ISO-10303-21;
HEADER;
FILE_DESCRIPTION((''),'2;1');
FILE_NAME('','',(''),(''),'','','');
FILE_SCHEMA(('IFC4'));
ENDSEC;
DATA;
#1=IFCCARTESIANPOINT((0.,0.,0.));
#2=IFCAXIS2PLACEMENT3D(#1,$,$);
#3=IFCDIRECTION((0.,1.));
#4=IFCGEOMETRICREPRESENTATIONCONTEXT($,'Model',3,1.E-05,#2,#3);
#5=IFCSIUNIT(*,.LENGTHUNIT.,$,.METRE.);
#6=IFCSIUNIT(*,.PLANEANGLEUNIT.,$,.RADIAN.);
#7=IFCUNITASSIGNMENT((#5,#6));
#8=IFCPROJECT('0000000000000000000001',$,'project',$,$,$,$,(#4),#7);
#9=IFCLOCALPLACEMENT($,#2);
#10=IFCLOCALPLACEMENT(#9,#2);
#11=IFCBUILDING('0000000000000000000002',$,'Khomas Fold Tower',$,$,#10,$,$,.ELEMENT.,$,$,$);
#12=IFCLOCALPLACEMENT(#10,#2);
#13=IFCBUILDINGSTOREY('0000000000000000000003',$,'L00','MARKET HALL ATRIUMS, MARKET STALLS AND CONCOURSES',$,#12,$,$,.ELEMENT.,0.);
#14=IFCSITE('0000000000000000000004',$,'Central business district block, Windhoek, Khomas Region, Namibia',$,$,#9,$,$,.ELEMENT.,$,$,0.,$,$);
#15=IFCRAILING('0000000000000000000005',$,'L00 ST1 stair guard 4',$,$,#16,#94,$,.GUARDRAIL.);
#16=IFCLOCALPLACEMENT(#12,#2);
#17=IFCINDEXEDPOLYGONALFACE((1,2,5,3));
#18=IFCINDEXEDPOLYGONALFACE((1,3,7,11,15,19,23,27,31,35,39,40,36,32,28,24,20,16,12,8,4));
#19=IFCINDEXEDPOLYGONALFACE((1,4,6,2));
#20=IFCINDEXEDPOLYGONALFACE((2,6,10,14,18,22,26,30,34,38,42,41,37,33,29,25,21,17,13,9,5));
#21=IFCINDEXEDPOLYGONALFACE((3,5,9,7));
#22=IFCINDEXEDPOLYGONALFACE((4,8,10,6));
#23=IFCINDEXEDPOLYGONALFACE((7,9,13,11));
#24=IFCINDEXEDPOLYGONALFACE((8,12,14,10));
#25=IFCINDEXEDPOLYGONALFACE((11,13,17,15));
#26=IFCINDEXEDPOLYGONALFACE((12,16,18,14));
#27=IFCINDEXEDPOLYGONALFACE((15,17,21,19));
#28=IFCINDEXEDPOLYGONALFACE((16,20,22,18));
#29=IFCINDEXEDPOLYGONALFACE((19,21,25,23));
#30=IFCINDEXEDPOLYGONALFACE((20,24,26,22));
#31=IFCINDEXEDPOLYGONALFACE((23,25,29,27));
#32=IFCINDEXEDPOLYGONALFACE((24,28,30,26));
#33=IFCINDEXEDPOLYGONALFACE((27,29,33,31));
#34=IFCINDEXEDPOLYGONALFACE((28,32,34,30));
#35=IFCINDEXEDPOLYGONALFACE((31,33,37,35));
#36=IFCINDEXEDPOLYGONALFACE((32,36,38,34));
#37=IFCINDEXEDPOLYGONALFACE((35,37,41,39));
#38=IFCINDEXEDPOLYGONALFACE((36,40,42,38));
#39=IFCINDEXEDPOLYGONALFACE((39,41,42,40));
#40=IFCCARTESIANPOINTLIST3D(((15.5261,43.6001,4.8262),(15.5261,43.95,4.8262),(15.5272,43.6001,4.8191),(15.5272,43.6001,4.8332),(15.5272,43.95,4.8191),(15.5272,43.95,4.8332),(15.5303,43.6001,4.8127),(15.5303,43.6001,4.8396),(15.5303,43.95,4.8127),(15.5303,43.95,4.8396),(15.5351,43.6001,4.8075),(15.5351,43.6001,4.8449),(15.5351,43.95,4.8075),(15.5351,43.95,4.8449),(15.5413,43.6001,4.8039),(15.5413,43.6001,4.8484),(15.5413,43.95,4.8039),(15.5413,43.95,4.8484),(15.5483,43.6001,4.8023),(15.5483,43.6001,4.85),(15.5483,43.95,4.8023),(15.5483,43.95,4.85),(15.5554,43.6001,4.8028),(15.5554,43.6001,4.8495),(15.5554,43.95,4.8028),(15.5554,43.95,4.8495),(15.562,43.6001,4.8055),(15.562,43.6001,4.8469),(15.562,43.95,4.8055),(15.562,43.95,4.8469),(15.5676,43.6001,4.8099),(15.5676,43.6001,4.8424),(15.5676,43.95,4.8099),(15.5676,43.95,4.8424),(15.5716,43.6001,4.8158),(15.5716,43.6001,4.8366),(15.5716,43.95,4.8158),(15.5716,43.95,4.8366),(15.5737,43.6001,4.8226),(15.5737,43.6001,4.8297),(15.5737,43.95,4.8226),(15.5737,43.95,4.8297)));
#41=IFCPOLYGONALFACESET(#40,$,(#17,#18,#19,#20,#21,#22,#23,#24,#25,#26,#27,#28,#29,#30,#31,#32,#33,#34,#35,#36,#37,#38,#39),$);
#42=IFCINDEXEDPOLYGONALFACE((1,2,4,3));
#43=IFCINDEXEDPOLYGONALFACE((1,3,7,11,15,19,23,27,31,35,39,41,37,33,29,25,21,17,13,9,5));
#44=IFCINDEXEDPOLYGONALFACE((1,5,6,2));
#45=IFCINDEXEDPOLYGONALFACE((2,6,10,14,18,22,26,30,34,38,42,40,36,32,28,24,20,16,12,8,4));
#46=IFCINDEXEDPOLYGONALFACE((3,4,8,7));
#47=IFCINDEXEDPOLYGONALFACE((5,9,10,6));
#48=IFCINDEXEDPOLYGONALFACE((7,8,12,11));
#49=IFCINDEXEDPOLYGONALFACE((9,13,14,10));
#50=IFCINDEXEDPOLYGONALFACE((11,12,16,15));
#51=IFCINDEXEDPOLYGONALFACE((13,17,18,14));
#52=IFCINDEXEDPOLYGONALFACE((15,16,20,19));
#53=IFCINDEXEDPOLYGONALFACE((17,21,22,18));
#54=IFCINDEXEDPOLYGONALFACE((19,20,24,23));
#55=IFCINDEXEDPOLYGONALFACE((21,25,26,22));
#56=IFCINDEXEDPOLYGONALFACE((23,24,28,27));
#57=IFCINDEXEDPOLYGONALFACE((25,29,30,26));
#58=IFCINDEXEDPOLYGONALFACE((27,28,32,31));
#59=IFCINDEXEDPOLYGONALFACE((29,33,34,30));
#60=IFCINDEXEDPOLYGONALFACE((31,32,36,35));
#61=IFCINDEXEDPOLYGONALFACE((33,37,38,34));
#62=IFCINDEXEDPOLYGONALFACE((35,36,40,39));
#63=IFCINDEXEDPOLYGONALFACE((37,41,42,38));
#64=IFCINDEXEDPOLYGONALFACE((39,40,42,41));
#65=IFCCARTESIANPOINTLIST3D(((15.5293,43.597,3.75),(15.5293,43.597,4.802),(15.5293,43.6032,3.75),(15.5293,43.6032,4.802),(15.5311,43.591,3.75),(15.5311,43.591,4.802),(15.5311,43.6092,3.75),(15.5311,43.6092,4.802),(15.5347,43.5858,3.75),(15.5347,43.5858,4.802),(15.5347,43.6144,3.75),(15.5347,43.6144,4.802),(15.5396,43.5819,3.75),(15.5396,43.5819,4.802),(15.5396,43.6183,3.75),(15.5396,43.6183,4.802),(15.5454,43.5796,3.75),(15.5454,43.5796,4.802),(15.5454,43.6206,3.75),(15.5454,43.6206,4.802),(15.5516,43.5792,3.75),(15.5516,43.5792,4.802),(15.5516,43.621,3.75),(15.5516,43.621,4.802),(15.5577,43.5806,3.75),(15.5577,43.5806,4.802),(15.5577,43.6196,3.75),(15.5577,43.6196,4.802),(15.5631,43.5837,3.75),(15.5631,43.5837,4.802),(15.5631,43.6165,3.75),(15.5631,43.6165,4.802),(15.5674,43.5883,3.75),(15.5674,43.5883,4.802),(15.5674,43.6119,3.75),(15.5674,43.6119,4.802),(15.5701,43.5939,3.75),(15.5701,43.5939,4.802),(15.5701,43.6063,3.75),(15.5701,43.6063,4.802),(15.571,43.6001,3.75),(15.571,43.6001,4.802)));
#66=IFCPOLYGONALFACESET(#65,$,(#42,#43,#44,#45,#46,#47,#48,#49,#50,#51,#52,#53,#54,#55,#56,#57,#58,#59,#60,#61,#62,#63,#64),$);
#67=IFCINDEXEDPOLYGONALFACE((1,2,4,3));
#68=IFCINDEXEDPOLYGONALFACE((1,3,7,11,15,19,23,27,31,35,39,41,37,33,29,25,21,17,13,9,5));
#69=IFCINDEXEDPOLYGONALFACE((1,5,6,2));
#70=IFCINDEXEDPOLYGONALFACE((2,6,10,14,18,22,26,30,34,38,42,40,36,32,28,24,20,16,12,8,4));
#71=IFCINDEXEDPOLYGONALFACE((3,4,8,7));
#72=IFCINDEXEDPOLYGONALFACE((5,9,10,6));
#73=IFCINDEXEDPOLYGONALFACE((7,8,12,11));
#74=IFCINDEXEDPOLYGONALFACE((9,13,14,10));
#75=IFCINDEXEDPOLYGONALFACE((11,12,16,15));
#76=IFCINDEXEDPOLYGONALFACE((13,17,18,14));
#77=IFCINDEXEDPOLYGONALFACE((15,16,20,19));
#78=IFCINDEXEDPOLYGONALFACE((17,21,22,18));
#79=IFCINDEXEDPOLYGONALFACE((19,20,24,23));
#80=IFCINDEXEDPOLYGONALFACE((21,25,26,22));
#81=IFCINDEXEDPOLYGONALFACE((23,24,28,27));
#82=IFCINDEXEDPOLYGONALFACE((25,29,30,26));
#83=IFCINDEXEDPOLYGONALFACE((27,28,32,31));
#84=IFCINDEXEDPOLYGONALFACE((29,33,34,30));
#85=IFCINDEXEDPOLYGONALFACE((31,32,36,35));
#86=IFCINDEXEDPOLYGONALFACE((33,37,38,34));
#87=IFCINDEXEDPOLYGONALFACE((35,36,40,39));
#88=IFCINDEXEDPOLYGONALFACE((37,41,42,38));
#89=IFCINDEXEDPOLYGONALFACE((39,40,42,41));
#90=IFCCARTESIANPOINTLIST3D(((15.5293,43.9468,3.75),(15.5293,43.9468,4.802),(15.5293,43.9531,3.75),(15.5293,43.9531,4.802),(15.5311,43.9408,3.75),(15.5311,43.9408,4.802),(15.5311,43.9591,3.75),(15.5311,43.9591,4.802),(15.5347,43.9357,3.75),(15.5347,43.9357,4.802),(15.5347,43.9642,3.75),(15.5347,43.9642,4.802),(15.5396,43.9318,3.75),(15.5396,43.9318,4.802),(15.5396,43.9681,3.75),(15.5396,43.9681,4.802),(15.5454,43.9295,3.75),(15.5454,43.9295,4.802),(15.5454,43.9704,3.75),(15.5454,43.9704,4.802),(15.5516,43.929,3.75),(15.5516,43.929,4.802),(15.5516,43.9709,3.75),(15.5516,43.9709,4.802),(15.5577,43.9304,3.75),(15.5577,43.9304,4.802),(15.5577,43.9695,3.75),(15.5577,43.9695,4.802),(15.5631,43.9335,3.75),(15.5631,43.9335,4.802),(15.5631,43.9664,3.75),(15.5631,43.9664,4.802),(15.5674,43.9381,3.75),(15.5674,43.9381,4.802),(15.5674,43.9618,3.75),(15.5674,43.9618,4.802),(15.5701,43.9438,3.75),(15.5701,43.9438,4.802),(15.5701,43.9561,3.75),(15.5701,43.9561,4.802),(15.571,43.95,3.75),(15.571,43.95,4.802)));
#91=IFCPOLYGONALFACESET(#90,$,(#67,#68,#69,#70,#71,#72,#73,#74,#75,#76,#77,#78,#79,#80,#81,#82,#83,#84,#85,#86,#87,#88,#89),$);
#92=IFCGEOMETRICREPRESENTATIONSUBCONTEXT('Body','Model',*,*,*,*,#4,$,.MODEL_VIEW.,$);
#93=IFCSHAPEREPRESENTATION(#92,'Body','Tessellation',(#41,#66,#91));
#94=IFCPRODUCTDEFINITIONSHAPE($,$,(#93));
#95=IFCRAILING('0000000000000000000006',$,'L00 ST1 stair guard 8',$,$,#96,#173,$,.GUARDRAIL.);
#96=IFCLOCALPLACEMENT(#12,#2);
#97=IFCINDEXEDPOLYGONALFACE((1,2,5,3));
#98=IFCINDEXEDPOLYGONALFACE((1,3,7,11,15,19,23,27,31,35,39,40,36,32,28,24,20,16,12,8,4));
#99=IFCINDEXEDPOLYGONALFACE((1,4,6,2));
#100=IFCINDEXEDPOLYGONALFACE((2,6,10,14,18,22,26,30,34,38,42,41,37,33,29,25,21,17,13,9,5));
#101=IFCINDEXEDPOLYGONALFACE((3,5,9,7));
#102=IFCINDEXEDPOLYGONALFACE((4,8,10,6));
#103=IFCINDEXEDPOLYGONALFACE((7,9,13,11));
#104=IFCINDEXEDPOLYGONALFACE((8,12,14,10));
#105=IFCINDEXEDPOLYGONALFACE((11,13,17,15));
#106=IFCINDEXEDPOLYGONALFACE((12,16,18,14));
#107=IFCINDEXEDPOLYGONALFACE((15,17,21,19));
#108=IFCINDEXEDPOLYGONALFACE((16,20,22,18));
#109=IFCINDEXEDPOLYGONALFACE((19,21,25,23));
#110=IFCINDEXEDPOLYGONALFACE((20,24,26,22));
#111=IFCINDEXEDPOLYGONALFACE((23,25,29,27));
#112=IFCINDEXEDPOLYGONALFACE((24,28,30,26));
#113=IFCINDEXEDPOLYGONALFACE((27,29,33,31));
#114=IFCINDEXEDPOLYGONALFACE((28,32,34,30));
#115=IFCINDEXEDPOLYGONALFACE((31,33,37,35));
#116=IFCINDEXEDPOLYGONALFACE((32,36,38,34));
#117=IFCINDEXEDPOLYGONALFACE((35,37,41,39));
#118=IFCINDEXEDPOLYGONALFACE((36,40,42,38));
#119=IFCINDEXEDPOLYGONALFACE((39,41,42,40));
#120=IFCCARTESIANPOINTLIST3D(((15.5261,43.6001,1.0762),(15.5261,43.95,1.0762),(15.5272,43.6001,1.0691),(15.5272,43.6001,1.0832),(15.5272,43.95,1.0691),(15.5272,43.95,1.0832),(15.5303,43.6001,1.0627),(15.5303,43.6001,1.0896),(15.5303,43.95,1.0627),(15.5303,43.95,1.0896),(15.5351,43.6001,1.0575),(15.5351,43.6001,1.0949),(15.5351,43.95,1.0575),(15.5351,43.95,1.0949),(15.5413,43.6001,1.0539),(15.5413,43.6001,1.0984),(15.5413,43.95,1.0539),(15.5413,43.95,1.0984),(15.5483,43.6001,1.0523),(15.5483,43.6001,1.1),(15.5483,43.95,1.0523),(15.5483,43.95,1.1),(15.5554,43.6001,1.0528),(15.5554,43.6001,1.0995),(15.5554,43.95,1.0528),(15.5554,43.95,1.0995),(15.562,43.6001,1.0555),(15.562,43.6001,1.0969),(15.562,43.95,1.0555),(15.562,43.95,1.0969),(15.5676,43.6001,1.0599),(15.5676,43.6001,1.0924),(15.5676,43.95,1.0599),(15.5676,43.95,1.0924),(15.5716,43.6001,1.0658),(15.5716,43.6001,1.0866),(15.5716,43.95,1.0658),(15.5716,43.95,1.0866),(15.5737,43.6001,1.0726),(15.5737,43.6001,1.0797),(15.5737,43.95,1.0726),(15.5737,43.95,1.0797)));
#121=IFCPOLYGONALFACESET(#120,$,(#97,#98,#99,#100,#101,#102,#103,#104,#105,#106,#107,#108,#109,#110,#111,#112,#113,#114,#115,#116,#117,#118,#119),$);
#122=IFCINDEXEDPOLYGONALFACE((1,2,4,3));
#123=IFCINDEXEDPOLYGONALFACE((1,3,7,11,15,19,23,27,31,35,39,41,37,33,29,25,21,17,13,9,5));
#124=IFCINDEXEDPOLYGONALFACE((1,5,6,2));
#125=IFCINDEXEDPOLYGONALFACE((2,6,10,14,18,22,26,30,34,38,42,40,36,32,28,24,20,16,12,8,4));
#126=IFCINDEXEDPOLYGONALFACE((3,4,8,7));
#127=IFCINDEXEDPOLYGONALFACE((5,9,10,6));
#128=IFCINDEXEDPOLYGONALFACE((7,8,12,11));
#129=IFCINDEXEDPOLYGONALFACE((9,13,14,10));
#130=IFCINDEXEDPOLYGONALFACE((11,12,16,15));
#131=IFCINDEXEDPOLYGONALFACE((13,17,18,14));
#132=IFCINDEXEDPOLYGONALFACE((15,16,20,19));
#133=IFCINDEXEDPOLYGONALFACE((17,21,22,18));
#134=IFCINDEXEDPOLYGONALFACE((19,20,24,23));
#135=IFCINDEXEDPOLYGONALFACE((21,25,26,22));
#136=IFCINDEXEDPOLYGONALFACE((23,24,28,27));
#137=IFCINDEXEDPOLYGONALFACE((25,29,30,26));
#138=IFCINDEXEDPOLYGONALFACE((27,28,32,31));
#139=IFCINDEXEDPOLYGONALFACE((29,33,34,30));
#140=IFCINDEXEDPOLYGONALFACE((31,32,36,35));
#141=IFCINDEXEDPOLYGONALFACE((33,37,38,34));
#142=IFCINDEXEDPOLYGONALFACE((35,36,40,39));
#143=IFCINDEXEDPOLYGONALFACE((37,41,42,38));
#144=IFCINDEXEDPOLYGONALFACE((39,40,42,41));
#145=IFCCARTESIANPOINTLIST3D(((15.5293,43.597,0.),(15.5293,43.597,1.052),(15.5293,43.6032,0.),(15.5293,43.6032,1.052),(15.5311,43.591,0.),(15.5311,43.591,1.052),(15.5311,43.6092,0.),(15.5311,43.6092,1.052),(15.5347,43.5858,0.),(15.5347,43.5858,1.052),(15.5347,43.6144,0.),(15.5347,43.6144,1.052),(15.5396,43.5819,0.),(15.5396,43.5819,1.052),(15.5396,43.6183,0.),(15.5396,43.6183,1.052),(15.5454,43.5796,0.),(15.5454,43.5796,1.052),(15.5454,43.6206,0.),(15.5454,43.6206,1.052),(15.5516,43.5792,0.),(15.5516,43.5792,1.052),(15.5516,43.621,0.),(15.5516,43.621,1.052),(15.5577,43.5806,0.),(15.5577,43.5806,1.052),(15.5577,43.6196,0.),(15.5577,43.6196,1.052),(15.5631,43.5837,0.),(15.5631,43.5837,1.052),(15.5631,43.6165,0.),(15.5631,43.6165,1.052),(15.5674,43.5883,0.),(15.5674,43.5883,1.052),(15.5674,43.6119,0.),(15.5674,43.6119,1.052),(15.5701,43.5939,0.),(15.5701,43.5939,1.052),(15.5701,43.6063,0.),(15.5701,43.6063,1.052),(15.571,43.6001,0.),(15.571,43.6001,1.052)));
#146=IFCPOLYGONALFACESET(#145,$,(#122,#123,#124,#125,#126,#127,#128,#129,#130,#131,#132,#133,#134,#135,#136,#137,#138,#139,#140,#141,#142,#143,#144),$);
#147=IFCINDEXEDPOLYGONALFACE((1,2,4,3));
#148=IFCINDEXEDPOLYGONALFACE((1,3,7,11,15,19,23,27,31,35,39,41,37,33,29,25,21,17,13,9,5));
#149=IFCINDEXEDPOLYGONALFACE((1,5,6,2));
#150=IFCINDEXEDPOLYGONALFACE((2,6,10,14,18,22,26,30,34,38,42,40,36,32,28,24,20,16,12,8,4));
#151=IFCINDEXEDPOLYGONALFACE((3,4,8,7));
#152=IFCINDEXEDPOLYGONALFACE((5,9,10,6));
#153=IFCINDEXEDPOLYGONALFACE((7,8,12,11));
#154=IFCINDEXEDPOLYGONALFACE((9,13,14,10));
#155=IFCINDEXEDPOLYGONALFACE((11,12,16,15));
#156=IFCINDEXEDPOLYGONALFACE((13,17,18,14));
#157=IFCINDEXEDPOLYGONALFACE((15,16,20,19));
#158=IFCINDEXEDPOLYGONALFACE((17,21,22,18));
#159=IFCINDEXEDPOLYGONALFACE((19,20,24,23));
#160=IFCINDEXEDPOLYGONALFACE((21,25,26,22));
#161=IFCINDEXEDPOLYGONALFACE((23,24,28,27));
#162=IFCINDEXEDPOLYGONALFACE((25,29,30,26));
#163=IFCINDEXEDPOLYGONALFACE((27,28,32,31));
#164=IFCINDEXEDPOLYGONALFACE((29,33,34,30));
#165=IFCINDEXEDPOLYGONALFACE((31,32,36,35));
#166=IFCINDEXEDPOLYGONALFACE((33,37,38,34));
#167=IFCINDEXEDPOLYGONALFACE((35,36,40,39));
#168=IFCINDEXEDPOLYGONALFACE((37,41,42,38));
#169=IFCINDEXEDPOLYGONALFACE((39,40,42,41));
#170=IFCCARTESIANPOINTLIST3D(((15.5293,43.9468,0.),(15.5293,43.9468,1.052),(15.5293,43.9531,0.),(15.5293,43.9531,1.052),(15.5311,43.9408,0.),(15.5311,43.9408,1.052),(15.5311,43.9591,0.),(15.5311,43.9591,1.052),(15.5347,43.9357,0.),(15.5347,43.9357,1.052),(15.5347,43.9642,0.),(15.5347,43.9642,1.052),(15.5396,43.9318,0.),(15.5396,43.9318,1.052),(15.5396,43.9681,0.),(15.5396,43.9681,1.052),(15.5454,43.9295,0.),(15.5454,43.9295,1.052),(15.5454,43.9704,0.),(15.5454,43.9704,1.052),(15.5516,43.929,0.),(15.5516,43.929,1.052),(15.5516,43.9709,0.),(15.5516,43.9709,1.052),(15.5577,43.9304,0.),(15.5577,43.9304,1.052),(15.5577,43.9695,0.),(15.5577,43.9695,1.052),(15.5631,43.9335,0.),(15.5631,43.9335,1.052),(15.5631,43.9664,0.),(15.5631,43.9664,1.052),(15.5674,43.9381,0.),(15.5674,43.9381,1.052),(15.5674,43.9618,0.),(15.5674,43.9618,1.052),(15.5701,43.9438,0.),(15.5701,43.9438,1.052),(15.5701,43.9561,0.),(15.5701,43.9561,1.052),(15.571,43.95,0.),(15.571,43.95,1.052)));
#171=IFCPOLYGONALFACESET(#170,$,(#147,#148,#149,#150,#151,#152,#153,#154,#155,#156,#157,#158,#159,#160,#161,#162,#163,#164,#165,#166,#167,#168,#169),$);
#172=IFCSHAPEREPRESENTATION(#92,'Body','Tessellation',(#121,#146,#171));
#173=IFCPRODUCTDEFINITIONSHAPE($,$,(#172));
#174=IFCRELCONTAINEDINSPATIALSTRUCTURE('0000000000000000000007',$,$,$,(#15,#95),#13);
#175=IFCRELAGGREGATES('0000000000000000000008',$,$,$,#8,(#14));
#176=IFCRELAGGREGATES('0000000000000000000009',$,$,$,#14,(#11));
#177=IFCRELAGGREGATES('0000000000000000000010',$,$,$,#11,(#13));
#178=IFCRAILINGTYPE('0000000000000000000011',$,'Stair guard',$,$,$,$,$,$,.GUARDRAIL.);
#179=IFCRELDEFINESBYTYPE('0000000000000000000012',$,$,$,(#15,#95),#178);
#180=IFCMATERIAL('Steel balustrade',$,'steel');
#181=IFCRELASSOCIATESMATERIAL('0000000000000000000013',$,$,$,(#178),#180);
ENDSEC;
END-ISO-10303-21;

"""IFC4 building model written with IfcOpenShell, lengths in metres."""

from ifc_helpers import new_model, si_unit, direction, frame, origin, origin_2d, place, context, subcontext, project, spatial, circle, extrude, source, transform, mapped, material, type_object, element, save


model = new_model("IFC4")

# Units and contexts
model_context = context("Model", 3, precision=1e-05, world=origin(), true_north=direction((0.0, 1.0)))
body_context = subcontext(model_context, "Body", "Model", "MODEL_VIEW")
ifc_project = project(units=[si_unit("LENGTHUNIT", "METRE"), si_unit("PLANEANGLEUNIT", "RADIAN")], contexts=[model_context])

# Site, building, storey
site_placement = place(None, origin())
site = spatial("IfcSite", under=ifc_project, at=site_placement, Name="Central business district block, Windhoek, Khomas Region, Namibia", CompositionType="ELEMENT", RefElevation=0.0)
building_placement = place(site_placement, origin())
building = spatial("IfcBuilding", under=site, at=building_placement, Name="Khomas Fold Tower", CompositionType="ELEMENT")
storey_placement = place(building_placement, origin())
storey = spatial("IfcBuildingStorey", under=building, at=storey_placement, Name="L00", Description="MARKET HALL ATRIUMS, MARKET STALLS AND CONCOURSES", CompositionType="ELEMENT", Elevation=0.0)

# Railings
ifc_material_1 = material(Name="Steel balustrade", Category="steel")
railing_type_1 = type_object("IfcRailingType", Name="Stair guard", PredefinedType="GUARDRAIL", material=ifc_material_1)
shared_shape_1 = source(origin(), body_context, "Body", "SweptSolid", [
    extrude(circle(Radius=0.0239, at=origin_2d()), frame((0.0, 0.0, 1.0762), z_axis=(0.0, 1.0, 0.0), x_axis=(-1.0, 0.0, 0.0)), (0.0, 0.0, 1.0), 0.3499),
    extrude(circle(Radius=0.021, at=origin_2d()), origin(), (0.0, 0.0, 1.0), 1.052),
    extrude(circle(Radius=0.021, at=origin_2d()), frame((0.0, 0.3499, 0.0)), (0.0, 0.0, 1.0), 1.052),
])
for number, where, name in (
    (1, (15.55, 43.6001, 3.75), "L00 ST1 stair guard 4"),
    (2, (15.55, 43.6001, 0.0), "L00 ST1 stair guard 8"),
):
    element("IfcRailing", number, at=place(storey_placement, frame(where)), inside=storey, type_object=railing_type_1, Name=name, PredefinedType="GUARDRAIL", context=body_context, shape_type="MappedRepresentation", body=[
        mapped(shared_shape_1, transform((0.0, 0.0, 0.0))),
    ])

save(model, "model.ifc")
